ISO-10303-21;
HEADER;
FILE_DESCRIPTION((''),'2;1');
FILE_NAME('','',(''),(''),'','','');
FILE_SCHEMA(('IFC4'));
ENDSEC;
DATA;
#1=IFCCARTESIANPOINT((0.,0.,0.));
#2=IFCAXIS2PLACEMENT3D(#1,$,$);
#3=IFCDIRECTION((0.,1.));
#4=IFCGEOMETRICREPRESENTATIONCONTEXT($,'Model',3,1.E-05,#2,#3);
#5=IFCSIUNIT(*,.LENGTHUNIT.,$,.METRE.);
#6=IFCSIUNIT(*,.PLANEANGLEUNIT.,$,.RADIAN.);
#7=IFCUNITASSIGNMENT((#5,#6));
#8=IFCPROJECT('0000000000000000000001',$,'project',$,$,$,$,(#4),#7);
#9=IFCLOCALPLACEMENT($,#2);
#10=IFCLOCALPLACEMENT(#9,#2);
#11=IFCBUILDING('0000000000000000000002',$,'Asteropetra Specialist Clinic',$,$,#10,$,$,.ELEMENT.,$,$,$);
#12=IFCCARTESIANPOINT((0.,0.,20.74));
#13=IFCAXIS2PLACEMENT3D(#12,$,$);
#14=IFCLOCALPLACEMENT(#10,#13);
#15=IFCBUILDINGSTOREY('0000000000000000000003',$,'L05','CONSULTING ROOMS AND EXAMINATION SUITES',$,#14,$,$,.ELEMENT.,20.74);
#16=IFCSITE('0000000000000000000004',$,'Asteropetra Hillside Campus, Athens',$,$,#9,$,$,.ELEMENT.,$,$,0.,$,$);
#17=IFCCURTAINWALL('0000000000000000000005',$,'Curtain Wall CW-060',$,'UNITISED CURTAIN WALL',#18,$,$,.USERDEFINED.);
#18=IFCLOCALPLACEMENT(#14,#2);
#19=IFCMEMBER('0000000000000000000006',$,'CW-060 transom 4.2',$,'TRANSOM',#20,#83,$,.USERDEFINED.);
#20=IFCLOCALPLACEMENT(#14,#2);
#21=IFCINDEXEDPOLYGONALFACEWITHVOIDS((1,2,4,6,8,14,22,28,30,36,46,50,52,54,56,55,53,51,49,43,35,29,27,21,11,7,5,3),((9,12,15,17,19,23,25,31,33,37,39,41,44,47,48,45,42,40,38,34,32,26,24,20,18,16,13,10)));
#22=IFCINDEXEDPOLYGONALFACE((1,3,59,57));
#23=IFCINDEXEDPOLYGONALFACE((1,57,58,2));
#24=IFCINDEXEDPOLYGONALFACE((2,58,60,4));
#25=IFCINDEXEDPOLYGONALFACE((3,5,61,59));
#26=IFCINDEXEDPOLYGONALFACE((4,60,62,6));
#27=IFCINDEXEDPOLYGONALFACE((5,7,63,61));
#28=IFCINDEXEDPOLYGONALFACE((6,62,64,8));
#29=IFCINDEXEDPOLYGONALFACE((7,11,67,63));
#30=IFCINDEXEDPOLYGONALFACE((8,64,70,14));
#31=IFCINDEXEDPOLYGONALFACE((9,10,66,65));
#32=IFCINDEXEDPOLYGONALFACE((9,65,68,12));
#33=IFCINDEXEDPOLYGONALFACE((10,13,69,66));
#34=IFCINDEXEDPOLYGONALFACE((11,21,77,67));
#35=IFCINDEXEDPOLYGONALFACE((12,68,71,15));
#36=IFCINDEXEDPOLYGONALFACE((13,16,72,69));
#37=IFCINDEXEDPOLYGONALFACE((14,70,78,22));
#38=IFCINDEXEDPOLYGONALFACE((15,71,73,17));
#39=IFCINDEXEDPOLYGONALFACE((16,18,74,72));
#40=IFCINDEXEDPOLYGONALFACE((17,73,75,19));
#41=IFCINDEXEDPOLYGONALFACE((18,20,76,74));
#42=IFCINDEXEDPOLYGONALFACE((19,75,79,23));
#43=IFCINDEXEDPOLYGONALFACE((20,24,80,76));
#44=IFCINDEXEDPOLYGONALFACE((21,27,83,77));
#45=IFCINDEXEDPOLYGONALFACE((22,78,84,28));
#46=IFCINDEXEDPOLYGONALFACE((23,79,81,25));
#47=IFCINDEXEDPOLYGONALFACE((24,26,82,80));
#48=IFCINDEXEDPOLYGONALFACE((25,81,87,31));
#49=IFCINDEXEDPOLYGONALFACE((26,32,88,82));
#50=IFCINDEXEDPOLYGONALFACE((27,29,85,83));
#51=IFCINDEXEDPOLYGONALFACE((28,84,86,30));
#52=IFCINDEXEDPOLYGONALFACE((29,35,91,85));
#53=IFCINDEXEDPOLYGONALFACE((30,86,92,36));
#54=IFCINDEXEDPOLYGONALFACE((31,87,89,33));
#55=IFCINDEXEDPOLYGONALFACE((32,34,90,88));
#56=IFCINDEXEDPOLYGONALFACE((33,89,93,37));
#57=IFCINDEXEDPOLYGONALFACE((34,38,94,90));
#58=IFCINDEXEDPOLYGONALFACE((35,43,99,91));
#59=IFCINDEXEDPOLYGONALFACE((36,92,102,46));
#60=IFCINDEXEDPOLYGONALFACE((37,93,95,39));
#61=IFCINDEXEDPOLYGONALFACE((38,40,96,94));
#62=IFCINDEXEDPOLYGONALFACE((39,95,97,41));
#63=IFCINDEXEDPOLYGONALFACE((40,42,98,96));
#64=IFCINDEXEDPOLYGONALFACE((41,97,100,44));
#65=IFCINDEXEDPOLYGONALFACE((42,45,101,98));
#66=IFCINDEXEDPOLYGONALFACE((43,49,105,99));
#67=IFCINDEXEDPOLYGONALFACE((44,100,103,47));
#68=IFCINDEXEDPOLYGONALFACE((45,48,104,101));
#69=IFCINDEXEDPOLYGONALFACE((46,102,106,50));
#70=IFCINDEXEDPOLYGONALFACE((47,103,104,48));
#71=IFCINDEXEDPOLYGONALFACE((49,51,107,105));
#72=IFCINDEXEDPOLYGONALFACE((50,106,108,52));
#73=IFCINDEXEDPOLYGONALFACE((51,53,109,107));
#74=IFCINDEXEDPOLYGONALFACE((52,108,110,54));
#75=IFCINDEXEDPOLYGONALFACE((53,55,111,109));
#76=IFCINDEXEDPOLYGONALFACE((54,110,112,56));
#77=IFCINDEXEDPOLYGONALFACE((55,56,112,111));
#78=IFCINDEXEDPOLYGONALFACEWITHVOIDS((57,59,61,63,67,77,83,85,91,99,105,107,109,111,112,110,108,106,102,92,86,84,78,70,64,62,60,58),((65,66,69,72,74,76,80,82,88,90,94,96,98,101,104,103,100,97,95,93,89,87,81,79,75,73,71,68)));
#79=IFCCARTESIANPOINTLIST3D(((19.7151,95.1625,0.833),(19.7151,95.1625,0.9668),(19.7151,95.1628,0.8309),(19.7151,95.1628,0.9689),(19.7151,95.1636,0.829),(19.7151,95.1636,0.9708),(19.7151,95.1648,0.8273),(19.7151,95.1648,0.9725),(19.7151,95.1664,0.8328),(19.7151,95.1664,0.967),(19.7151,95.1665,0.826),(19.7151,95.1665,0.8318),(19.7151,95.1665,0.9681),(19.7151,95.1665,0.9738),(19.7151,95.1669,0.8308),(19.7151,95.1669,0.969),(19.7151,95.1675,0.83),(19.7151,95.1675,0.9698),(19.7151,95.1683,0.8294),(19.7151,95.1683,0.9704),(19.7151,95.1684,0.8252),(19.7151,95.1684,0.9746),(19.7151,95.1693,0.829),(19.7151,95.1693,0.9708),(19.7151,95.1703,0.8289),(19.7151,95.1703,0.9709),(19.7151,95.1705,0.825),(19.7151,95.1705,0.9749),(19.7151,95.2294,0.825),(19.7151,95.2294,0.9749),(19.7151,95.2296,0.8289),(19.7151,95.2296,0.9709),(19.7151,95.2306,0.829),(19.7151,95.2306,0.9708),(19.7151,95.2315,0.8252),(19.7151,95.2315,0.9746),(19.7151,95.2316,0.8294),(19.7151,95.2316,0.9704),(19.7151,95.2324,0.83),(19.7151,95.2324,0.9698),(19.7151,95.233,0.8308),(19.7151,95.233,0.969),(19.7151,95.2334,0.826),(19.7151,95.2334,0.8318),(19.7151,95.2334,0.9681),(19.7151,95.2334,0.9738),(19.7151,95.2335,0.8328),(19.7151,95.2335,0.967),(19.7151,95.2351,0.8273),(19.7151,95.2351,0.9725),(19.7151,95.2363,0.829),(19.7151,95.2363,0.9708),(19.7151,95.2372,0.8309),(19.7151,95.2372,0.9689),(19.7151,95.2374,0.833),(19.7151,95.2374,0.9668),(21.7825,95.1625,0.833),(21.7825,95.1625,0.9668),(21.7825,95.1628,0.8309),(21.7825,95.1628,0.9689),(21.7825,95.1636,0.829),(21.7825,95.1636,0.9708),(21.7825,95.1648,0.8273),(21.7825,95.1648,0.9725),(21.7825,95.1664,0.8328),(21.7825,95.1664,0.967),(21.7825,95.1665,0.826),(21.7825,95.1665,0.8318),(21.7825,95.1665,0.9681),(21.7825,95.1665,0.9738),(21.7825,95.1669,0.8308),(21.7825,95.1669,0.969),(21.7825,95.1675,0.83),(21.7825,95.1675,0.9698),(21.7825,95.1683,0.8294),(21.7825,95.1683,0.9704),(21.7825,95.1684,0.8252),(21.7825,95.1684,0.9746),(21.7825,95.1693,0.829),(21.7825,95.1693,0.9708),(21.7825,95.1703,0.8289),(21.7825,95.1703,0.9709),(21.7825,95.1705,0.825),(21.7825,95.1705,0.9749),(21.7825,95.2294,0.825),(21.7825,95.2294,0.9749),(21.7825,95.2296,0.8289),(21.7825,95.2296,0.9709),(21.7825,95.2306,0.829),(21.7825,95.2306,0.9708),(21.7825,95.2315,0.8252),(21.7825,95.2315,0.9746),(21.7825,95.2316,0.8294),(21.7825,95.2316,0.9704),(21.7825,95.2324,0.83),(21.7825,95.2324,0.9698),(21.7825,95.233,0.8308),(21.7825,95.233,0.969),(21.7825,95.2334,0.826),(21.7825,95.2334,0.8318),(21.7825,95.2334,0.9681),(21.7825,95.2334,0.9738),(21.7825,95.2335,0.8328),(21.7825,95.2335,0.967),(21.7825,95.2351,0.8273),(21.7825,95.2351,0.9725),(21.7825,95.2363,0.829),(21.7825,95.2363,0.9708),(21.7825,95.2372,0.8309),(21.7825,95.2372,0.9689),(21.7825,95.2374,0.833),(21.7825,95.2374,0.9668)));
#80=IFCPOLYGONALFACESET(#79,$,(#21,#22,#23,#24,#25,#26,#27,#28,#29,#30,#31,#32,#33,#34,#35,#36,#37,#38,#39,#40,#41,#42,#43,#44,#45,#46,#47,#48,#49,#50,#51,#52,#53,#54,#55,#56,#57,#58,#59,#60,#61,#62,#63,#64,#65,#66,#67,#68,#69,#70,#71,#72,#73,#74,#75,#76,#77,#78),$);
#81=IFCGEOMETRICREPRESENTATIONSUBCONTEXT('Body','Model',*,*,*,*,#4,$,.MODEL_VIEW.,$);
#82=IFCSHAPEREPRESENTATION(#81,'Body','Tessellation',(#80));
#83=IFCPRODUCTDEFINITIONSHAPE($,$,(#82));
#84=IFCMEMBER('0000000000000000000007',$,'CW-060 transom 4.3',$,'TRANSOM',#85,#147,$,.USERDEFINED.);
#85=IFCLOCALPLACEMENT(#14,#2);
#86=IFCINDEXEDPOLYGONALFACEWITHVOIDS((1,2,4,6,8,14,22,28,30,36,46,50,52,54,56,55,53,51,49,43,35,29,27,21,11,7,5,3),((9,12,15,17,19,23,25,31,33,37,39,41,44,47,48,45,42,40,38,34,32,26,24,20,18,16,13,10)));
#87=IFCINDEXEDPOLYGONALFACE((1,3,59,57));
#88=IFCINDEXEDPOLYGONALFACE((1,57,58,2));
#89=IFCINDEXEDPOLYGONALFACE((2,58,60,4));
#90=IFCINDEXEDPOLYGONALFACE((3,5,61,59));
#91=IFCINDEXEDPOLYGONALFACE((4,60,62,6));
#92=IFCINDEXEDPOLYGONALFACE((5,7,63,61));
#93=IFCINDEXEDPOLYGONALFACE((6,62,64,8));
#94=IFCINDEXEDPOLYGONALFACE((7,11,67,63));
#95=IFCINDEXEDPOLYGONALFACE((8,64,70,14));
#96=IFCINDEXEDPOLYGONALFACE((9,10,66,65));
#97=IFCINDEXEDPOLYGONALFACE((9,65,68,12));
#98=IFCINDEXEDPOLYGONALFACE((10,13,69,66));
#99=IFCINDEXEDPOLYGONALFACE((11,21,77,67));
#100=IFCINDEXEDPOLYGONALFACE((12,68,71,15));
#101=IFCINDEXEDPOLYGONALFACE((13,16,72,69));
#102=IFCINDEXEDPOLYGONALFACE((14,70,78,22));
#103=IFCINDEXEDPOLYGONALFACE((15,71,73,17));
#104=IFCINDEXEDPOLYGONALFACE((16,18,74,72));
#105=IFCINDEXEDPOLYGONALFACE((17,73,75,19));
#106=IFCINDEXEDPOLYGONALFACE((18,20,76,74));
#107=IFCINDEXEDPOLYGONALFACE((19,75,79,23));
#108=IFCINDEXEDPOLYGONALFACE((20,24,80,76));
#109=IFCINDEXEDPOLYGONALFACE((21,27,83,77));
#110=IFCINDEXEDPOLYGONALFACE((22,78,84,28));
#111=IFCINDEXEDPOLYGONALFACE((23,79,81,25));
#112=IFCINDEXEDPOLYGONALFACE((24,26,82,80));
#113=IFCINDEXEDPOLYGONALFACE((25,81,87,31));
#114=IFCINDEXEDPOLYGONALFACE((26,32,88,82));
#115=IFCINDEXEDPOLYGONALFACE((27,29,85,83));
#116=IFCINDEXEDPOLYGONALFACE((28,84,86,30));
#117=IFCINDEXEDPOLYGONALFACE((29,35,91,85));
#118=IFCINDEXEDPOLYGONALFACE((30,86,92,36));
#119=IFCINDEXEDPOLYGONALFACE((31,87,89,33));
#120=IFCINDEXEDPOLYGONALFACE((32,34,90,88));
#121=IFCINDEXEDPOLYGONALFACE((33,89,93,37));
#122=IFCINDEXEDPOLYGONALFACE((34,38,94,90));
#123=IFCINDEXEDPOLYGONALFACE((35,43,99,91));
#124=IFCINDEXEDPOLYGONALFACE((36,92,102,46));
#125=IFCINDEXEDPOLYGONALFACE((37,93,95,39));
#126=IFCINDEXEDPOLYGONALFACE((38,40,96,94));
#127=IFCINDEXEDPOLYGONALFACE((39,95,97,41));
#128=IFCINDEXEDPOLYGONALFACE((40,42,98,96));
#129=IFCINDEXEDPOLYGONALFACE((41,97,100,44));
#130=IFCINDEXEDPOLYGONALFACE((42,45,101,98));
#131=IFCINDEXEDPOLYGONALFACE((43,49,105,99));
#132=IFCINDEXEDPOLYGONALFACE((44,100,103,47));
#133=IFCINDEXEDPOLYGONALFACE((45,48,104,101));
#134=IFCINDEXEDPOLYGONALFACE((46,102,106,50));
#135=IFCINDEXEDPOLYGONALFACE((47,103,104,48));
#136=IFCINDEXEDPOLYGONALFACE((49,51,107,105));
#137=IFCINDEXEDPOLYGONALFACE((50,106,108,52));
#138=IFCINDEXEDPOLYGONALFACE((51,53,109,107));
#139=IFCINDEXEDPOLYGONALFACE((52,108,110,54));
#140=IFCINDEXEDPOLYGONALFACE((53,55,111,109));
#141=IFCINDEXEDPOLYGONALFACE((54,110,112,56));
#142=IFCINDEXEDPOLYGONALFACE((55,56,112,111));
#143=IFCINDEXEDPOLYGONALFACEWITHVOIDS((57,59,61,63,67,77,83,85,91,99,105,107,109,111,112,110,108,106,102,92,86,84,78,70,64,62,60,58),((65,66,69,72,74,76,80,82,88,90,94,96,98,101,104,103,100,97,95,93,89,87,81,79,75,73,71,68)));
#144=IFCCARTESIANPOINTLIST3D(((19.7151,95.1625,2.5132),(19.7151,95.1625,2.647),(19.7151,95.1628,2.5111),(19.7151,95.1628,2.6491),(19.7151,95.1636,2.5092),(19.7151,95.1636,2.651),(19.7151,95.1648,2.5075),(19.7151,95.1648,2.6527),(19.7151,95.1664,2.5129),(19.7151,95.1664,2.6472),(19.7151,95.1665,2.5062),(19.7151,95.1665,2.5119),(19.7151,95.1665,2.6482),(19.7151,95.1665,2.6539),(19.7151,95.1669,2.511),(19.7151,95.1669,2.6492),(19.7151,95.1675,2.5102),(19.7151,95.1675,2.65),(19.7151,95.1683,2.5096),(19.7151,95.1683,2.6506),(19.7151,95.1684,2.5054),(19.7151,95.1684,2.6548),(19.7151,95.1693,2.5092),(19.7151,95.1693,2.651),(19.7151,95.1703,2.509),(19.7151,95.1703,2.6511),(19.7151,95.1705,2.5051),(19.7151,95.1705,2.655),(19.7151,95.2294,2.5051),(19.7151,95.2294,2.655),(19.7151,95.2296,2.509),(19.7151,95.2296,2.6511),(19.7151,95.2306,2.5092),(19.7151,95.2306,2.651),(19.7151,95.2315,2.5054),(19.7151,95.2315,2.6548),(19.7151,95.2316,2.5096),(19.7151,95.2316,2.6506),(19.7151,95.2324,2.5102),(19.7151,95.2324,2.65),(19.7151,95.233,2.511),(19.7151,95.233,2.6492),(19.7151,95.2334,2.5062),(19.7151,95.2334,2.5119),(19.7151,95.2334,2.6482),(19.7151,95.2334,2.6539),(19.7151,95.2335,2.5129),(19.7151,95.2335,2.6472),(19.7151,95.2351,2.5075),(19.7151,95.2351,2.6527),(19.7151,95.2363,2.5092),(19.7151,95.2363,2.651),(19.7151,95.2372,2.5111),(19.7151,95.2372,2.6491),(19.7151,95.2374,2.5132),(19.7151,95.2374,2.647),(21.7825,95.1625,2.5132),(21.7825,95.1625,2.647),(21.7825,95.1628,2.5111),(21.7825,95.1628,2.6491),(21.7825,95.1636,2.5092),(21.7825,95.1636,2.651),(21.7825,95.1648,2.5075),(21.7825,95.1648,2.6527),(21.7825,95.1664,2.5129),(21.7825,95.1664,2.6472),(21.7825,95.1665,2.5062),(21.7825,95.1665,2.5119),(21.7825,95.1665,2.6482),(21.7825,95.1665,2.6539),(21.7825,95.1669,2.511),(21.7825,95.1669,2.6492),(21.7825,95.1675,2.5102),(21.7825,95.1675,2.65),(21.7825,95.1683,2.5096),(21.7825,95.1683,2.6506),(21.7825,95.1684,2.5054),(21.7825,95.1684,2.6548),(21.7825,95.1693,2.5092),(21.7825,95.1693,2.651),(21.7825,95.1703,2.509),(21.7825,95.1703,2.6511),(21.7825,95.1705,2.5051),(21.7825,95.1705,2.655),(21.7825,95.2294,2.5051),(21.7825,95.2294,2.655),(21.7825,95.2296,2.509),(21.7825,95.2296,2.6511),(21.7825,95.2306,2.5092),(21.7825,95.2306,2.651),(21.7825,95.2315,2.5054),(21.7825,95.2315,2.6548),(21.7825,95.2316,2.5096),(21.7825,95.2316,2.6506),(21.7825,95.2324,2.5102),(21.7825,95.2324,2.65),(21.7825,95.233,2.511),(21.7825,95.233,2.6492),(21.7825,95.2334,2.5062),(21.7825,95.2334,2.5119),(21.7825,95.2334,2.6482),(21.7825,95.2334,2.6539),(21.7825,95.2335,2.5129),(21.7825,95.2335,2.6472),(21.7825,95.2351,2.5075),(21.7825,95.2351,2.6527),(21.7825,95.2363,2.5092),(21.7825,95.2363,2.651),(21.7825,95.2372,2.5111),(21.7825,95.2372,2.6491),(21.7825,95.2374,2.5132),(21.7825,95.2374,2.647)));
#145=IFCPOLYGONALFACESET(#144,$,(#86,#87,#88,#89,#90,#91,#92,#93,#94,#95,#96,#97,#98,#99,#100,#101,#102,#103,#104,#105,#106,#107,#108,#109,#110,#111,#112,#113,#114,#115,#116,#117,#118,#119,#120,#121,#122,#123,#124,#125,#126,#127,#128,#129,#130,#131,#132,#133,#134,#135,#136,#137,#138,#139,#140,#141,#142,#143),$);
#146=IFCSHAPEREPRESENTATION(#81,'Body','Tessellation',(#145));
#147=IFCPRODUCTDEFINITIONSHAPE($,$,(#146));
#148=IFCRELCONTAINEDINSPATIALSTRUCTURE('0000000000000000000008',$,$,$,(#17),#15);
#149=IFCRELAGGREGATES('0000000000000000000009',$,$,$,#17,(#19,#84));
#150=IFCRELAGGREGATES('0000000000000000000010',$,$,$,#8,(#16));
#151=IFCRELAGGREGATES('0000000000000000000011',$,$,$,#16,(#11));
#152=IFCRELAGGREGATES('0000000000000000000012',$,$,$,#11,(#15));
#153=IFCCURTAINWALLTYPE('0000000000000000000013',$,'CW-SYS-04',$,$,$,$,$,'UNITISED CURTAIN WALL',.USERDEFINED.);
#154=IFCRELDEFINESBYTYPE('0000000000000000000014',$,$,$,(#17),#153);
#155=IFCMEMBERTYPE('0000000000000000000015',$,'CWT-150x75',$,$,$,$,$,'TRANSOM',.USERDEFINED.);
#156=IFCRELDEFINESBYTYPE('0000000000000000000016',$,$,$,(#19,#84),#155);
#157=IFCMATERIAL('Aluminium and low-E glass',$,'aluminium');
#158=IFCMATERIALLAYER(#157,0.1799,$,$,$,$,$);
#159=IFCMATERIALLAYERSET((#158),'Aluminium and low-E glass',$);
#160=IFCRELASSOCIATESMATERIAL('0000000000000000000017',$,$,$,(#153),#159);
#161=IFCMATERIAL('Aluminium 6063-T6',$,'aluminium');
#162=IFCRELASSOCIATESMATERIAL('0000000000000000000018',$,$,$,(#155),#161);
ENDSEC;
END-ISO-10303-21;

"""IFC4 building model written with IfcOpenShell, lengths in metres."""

from ifc_helpers import new_model, si_unit, direction, frame, origin, origin_2d, place, context, subcontext, project, spatial, hollow_rectangle, extrude, material, layer, layer_set, material_profile, profile_set, type_object, element, aggregate, save


model = new_model("IFC4")

# Units and contexts
model_context = context("Model", 3, precision=1e-05, world=origin(), true_north=direction((0.0, 1.0)))
body_context = subcontext(model_context, "Body", "Model", "MODEL_VIEW")
ifc_project = project(units=[si_unit("LENGTHUNIT", "METRE"), si_unit("PLANEANGLEUNIT", "RADIAN")], contexts=[model_context])

# Site, building, storey
site_placement = place(None, origin())
site = spatial("IfcSite", under=ifc_project, at=site_placement, Name="Asteropetra Hillside Campus, Athens", CompositionType="ELEMENT", RefElevation=0.0)
building_placement = place(site_placement, origin())
building = spatial("IfcBuilding", under=site, at=building_placement, Name="Asteropetra Specialist Clinic", CompositionType="ELEMENT")
storey_placement = place(building_placement, frame((0.0, 0.0, 20.74)))
storey = spatial("IfcBuildingStorey", under=building, at=storey_placement, Name="L05", Description="CONSULTING ROOMS AND EXAMINATION SUITES", CompositionType="ELEMENT", Elevation=20.74)

# Curtain wall
ifc_material_1 = material(Name="Aluminium and low-E glass", Category="aluminium")
ifc_layer_1 = layer(ifc_material_1, 0.1799)
ifc_layer_set_1 = layer_set([ifc_layer_1], Name="Aluminium and low-E glass")
curtain_wall_type_1 = type_object("IfcCurtainWallType", Name="CW-SYS-04", ElementType="UNITISED CURTAIN WALL", PredefinedType="USERDEFINED", material=ifc_layer_set_1)
curtain_wall_1_placement = place(storey_placement, origin())
curtain_wall_1 = element("IfcCurtainWall", 1, at=curtain_wall_1_placement, inside=storey, type_object=curtain_wall_type_1, Name="Curtain Wall CW-060", ObjectType="UNITISED CURTAIN WALL", PredefinedType="USERDEFINED")

# Members
ifc_material_2 = material(Name="Aluminium 6063-T6", Category="aluminium")
ifc_material_profile_1 = material_profile(ifc_material_2, hollow_rectangle(XDim=0.075, YDim=0.1499, WallThickness=0.0039, InnerFilletRadius=0.0039, OuterFilletRadius=0.0081, at=origin_2d()), Name="TRN 150x75x4.0")
ifc_profile_set_1 = profile_set([ifc_material_profile_1], Name="Aluminium 6063-T6")
member_type_1 = type_object("IfcMemberType", Name="CWT-150x75", ElementType="TRANSOM", PredefinedType="USERDEFINED", material=ifc_profile_set_1)
member_1_placement = place(storey_placement, frame((21.7825, 95.2, 0.8999), z_axis=(-1.0, 0.0, 0.0), x_axis=(0.0, -1.0, 0.0)))
member_1 = element("IfcMember", 2, at=member_1_placement, type_object=member_type_1, Name="CW-060 transom 4.2", ObjectType="TRANSOM", PredefinedType="USERDEFINED", context=body_context, shape_type="SweptSolid", body=[
    extrude(hollow_rectangle(XDim=0.075, YDim=0.1499, WallThickness=0.0039, InnerFilletRadius=0.0039, OuterFilletRadius=0.0081, at=origin_2d()), origin(), (0.0, 0.0, 1.0), 2.0674),
])
member_2_placement = place(storey_placement, frame((21.7825, 95.2, 2.5801), z_axis=(-1.0, 0.0, 0.0), x_axis=(0.0, -1.0, 0.0)))
member_2 = element("IfcMember", 3, at=member_2_placement, type_object=member_type_1, Name="CW-060 transom 4.3", ObjectType="TRANSOM", PredefinedType="USERDEFINED", context=body_context, shape_type="SweptSolid", body=[
    extrude(hollow_rectangle(XDim=0.075, YDim=0.1499, WallThickness=0.0039, InnerFilletRadius=0.0039, OuterFilletRadius=0.0081, at=origin_2d()), origin(), (0.0, 0.0, 1.0), 2.0674),
])

aggregate(curtain_wall_1, [member_1, member_2])

save(model, "model.ifc")
